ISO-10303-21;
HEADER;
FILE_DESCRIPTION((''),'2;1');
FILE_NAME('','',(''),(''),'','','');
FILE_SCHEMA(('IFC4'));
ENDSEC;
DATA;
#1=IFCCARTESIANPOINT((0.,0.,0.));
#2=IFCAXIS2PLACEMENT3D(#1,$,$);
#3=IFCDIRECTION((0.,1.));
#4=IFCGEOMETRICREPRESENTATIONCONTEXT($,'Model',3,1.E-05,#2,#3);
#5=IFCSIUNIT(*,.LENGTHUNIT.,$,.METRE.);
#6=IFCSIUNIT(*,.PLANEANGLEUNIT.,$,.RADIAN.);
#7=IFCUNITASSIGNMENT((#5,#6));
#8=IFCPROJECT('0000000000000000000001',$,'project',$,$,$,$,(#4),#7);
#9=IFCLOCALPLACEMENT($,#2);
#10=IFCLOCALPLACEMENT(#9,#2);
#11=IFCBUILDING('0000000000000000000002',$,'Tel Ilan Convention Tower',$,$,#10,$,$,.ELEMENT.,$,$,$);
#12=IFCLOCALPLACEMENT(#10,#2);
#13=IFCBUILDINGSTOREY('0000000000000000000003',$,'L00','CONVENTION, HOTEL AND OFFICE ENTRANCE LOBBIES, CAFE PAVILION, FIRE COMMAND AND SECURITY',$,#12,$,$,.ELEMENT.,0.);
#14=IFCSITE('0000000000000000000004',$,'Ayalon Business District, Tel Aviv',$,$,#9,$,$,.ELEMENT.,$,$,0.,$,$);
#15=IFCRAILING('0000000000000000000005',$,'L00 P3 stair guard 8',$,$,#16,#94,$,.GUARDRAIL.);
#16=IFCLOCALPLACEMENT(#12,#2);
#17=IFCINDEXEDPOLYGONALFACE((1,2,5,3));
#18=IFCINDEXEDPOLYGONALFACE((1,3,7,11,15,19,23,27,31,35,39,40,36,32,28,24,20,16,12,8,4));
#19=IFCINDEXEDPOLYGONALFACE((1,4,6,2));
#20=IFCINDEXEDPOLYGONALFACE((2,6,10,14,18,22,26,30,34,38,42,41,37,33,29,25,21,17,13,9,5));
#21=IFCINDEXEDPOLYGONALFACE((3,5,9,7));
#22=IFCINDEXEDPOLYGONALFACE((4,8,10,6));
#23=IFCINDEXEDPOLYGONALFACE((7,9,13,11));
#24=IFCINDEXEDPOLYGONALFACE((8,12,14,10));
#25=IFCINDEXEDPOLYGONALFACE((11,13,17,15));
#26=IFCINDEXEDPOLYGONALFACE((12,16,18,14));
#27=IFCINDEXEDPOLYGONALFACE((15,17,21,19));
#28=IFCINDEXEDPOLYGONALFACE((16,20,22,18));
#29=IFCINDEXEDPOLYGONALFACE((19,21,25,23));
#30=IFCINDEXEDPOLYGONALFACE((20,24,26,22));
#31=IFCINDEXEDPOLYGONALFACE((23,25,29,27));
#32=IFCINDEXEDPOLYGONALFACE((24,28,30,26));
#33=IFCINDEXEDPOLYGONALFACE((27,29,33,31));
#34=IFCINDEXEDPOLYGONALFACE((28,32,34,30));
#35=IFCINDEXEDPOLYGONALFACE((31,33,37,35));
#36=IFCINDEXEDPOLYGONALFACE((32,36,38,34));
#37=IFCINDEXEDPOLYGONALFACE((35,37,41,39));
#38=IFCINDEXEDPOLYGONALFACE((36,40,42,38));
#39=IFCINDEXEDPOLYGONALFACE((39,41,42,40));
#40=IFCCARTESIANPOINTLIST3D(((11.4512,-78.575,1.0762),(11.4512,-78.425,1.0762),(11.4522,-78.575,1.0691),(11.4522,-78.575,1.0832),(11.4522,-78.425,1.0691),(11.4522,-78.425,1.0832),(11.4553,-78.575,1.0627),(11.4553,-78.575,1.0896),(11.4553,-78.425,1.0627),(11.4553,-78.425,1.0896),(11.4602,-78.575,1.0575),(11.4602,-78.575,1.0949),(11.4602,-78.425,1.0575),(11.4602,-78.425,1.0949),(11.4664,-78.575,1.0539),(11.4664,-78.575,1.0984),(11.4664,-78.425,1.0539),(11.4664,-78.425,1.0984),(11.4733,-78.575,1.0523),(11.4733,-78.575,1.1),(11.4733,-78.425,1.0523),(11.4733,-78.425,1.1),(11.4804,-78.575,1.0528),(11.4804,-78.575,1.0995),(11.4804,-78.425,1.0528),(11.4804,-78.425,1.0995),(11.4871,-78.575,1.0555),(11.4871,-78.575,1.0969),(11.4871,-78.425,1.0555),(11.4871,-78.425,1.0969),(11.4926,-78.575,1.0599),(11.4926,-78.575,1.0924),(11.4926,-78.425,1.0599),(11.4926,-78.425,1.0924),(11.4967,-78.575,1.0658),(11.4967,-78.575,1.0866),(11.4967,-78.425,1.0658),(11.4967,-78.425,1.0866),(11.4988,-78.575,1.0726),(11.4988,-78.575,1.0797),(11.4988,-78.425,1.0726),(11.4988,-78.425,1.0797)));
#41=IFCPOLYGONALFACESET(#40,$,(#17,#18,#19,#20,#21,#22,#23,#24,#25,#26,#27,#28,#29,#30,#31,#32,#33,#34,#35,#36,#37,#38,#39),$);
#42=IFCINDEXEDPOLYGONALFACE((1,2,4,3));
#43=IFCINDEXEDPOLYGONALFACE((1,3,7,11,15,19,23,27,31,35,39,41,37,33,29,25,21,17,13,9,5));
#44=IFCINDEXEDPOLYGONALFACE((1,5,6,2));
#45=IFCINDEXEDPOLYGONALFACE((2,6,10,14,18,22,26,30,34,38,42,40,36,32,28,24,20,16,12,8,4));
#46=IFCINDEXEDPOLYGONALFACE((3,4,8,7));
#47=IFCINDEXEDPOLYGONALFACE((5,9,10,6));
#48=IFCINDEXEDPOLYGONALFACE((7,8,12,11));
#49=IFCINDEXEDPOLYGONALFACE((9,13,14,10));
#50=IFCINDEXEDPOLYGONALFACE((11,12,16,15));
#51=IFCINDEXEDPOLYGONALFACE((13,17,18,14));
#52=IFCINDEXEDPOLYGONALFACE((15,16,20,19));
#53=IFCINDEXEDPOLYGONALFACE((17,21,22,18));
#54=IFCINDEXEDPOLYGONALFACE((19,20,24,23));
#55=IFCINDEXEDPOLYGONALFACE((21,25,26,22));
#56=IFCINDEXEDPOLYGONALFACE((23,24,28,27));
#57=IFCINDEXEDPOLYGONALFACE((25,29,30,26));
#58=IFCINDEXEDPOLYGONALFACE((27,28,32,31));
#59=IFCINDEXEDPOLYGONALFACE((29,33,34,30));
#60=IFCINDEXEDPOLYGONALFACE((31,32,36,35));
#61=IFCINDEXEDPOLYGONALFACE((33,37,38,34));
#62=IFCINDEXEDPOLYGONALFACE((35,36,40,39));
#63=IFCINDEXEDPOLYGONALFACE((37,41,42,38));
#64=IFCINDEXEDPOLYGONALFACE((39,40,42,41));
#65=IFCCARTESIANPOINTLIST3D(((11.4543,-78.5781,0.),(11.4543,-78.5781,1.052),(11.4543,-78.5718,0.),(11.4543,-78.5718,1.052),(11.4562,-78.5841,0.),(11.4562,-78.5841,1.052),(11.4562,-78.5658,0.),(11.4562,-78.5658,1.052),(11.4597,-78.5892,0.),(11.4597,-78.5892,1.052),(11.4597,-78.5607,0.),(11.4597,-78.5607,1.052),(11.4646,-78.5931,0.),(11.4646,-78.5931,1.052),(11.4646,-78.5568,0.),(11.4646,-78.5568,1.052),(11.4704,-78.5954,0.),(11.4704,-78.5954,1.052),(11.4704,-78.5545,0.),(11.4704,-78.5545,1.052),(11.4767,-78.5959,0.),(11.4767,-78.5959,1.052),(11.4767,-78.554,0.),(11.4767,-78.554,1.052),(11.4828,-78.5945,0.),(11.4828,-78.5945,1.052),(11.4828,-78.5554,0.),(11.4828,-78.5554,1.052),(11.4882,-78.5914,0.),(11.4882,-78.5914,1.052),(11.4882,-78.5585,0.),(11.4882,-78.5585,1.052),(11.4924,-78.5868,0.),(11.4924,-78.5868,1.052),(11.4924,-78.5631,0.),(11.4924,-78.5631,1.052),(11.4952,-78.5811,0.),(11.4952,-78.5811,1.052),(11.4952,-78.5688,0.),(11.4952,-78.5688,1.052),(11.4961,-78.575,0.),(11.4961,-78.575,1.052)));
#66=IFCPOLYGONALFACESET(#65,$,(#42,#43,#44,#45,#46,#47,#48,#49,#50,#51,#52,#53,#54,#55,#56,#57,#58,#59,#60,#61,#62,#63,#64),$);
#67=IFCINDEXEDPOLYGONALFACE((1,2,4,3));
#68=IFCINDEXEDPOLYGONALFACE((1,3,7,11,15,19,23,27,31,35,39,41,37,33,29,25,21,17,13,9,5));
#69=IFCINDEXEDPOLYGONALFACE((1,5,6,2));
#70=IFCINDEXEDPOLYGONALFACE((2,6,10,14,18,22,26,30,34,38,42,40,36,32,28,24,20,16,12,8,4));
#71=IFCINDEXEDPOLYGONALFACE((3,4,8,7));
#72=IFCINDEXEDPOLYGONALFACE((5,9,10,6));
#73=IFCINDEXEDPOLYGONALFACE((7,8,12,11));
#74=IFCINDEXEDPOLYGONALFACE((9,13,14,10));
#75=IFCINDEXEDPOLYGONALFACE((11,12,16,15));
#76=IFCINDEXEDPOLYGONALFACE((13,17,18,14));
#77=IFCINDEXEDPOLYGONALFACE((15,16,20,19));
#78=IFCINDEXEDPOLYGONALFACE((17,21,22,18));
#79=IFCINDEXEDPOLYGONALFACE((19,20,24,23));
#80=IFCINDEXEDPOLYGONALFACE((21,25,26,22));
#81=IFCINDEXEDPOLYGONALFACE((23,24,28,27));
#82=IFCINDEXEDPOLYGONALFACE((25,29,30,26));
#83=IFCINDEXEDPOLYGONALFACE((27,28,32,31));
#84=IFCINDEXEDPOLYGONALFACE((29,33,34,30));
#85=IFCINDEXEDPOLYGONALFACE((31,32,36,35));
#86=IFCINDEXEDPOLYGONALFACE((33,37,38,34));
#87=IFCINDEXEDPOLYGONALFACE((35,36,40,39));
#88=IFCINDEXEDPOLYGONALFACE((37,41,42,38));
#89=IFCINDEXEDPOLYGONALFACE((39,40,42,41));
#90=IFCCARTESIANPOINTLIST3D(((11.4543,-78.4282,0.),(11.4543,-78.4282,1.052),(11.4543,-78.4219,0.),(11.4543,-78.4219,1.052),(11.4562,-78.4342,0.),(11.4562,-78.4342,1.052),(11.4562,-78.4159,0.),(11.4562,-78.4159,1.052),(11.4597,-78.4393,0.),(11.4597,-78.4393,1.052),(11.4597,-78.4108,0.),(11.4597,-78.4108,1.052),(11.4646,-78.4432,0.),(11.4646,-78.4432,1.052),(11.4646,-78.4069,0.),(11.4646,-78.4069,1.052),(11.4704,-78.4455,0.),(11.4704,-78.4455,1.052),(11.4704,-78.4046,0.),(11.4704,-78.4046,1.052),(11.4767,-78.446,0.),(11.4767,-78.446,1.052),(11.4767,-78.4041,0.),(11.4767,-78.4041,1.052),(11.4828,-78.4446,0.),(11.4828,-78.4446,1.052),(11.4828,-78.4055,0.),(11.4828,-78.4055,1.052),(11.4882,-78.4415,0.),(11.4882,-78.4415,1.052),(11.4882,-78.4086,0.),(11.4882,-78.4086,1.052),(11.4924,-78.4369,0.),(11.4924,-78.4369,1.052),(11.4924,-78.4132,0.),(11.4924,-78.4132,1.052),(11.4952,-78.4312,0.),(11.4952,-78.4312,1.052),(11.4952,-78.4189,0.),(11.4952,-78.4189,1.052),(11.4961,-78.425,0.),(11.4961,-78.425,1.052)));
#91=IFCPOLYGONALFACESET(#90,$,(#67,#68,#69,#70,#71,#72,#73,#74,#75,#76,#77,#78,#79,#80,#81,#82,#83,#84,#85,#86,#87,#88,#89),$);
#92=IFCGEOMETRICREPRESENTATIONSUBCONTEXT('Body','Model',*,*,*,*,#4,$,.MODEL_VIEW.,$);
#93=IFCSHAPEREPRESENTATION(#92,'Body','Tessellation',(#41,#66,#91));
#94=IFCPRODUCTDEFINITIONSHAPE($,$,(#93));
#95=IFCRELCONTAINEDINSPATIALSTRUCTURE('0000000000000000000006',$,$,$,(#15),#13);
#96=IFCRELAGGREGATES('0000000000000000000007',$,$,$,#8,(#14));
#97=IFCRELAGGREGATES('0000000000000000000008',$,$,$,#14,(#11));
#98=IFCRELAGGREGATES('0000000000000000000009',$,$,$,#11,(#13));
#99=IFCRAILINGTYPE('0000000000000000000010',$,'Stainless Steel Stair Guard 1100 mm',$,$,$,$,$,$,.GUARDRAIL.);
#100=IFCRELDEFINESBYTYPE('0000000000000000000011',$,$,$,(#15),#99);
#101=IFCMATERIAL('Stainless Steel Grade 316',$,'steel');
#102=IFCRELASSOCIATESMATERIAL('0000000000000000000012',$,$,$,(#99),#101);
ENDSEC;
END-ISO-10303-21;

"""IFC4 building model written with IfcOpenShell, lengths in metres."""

from ifc_helpers import new_model, si_unit, direction, frame, origin, origin_2d, place, context, subcontext, project, spatial, circle, extrude, material, type_object, element, save


model = new_model("IFC4")

# Units and contexts
model_context = context("Model", 3, precision=1e-05, world=origin(), true_north=direction((0.0, 1.0)))
body_context = subcontext(model_context, "Body", "Model", "MODEL_VIEW")
ifc_project = project(units=[si_unit("LENGTHUNIT", "METRE"), si_unit("PLANEANGLEUNIT", "RADIAN")], contexts=[model_context])

# Site, building, storey
site_placement = place(None, origin())
site = spatial("IfcSite", under=ifc_project, at=site_placement, Name="Ayalon Business District, Tel Aviv", CompositionType="ELEMENT", RefElevation=0.0)
building_placement = place(site_placement, origin())
building = spatial("IfcBuilding", under=site, at=building_placement, Name="Tel Ilan Convention Tower", CompositionType="ELEMENT")
storey_placement = place(building_placement, origin())
storey = spatial("IfcBuildingStorey", under=building, at=storey_placement, Name="L00", Description="CONVENTION, HOTEL AND OFFICE ENTRANCE LOBBIES, CAFE PAVILION, FIRE COMMAND AND SECURITY", CompositionType="ELEMENT", Elevation=0.0)

# Railing
ifc_material_1 = material(Name="Stainless Steel Grade 316", Category="steel")
railing_type_1 = type_object("IfcRailingType", Name="Stainless Steel Stair Guard 1100 mm", PredefinedType="GUARDRAIL", material=ifc_material_1)
railing_1_placement = place(storey_placement, frame((11.4751, -78.575, 0.0)))
element("IfcRailing", 1, at=railing_1_placement, inside=storey, type_object=railing_type_1, Name="L00 P3 stair guard 8", PredefinedType="GUARDRAIL", context=body_context, shape_type="SweptSolid", body=[
    extrude(circle(Radius=0.0239, at=origin_2d()), frame((0.0, 0.0, 1.0762), z_axis=(0.0, 1.0, 0.0), x_axis=(-1.0, 0.0, 0.0)), (0.0, 0.0, 1.0), 0.1499),
    extrude(circle(Radius=0.021, at=origin_2d()), origin(), (0.0, 0.0, 1.0), 1.052),
    extrude(circle(Radius=0.021, at=origin_2d()), frame((0.0, 0.1499, 0.0)), (0.0, 0.0, 1.0), 1.052),
])

save(model, "model.ifc")
